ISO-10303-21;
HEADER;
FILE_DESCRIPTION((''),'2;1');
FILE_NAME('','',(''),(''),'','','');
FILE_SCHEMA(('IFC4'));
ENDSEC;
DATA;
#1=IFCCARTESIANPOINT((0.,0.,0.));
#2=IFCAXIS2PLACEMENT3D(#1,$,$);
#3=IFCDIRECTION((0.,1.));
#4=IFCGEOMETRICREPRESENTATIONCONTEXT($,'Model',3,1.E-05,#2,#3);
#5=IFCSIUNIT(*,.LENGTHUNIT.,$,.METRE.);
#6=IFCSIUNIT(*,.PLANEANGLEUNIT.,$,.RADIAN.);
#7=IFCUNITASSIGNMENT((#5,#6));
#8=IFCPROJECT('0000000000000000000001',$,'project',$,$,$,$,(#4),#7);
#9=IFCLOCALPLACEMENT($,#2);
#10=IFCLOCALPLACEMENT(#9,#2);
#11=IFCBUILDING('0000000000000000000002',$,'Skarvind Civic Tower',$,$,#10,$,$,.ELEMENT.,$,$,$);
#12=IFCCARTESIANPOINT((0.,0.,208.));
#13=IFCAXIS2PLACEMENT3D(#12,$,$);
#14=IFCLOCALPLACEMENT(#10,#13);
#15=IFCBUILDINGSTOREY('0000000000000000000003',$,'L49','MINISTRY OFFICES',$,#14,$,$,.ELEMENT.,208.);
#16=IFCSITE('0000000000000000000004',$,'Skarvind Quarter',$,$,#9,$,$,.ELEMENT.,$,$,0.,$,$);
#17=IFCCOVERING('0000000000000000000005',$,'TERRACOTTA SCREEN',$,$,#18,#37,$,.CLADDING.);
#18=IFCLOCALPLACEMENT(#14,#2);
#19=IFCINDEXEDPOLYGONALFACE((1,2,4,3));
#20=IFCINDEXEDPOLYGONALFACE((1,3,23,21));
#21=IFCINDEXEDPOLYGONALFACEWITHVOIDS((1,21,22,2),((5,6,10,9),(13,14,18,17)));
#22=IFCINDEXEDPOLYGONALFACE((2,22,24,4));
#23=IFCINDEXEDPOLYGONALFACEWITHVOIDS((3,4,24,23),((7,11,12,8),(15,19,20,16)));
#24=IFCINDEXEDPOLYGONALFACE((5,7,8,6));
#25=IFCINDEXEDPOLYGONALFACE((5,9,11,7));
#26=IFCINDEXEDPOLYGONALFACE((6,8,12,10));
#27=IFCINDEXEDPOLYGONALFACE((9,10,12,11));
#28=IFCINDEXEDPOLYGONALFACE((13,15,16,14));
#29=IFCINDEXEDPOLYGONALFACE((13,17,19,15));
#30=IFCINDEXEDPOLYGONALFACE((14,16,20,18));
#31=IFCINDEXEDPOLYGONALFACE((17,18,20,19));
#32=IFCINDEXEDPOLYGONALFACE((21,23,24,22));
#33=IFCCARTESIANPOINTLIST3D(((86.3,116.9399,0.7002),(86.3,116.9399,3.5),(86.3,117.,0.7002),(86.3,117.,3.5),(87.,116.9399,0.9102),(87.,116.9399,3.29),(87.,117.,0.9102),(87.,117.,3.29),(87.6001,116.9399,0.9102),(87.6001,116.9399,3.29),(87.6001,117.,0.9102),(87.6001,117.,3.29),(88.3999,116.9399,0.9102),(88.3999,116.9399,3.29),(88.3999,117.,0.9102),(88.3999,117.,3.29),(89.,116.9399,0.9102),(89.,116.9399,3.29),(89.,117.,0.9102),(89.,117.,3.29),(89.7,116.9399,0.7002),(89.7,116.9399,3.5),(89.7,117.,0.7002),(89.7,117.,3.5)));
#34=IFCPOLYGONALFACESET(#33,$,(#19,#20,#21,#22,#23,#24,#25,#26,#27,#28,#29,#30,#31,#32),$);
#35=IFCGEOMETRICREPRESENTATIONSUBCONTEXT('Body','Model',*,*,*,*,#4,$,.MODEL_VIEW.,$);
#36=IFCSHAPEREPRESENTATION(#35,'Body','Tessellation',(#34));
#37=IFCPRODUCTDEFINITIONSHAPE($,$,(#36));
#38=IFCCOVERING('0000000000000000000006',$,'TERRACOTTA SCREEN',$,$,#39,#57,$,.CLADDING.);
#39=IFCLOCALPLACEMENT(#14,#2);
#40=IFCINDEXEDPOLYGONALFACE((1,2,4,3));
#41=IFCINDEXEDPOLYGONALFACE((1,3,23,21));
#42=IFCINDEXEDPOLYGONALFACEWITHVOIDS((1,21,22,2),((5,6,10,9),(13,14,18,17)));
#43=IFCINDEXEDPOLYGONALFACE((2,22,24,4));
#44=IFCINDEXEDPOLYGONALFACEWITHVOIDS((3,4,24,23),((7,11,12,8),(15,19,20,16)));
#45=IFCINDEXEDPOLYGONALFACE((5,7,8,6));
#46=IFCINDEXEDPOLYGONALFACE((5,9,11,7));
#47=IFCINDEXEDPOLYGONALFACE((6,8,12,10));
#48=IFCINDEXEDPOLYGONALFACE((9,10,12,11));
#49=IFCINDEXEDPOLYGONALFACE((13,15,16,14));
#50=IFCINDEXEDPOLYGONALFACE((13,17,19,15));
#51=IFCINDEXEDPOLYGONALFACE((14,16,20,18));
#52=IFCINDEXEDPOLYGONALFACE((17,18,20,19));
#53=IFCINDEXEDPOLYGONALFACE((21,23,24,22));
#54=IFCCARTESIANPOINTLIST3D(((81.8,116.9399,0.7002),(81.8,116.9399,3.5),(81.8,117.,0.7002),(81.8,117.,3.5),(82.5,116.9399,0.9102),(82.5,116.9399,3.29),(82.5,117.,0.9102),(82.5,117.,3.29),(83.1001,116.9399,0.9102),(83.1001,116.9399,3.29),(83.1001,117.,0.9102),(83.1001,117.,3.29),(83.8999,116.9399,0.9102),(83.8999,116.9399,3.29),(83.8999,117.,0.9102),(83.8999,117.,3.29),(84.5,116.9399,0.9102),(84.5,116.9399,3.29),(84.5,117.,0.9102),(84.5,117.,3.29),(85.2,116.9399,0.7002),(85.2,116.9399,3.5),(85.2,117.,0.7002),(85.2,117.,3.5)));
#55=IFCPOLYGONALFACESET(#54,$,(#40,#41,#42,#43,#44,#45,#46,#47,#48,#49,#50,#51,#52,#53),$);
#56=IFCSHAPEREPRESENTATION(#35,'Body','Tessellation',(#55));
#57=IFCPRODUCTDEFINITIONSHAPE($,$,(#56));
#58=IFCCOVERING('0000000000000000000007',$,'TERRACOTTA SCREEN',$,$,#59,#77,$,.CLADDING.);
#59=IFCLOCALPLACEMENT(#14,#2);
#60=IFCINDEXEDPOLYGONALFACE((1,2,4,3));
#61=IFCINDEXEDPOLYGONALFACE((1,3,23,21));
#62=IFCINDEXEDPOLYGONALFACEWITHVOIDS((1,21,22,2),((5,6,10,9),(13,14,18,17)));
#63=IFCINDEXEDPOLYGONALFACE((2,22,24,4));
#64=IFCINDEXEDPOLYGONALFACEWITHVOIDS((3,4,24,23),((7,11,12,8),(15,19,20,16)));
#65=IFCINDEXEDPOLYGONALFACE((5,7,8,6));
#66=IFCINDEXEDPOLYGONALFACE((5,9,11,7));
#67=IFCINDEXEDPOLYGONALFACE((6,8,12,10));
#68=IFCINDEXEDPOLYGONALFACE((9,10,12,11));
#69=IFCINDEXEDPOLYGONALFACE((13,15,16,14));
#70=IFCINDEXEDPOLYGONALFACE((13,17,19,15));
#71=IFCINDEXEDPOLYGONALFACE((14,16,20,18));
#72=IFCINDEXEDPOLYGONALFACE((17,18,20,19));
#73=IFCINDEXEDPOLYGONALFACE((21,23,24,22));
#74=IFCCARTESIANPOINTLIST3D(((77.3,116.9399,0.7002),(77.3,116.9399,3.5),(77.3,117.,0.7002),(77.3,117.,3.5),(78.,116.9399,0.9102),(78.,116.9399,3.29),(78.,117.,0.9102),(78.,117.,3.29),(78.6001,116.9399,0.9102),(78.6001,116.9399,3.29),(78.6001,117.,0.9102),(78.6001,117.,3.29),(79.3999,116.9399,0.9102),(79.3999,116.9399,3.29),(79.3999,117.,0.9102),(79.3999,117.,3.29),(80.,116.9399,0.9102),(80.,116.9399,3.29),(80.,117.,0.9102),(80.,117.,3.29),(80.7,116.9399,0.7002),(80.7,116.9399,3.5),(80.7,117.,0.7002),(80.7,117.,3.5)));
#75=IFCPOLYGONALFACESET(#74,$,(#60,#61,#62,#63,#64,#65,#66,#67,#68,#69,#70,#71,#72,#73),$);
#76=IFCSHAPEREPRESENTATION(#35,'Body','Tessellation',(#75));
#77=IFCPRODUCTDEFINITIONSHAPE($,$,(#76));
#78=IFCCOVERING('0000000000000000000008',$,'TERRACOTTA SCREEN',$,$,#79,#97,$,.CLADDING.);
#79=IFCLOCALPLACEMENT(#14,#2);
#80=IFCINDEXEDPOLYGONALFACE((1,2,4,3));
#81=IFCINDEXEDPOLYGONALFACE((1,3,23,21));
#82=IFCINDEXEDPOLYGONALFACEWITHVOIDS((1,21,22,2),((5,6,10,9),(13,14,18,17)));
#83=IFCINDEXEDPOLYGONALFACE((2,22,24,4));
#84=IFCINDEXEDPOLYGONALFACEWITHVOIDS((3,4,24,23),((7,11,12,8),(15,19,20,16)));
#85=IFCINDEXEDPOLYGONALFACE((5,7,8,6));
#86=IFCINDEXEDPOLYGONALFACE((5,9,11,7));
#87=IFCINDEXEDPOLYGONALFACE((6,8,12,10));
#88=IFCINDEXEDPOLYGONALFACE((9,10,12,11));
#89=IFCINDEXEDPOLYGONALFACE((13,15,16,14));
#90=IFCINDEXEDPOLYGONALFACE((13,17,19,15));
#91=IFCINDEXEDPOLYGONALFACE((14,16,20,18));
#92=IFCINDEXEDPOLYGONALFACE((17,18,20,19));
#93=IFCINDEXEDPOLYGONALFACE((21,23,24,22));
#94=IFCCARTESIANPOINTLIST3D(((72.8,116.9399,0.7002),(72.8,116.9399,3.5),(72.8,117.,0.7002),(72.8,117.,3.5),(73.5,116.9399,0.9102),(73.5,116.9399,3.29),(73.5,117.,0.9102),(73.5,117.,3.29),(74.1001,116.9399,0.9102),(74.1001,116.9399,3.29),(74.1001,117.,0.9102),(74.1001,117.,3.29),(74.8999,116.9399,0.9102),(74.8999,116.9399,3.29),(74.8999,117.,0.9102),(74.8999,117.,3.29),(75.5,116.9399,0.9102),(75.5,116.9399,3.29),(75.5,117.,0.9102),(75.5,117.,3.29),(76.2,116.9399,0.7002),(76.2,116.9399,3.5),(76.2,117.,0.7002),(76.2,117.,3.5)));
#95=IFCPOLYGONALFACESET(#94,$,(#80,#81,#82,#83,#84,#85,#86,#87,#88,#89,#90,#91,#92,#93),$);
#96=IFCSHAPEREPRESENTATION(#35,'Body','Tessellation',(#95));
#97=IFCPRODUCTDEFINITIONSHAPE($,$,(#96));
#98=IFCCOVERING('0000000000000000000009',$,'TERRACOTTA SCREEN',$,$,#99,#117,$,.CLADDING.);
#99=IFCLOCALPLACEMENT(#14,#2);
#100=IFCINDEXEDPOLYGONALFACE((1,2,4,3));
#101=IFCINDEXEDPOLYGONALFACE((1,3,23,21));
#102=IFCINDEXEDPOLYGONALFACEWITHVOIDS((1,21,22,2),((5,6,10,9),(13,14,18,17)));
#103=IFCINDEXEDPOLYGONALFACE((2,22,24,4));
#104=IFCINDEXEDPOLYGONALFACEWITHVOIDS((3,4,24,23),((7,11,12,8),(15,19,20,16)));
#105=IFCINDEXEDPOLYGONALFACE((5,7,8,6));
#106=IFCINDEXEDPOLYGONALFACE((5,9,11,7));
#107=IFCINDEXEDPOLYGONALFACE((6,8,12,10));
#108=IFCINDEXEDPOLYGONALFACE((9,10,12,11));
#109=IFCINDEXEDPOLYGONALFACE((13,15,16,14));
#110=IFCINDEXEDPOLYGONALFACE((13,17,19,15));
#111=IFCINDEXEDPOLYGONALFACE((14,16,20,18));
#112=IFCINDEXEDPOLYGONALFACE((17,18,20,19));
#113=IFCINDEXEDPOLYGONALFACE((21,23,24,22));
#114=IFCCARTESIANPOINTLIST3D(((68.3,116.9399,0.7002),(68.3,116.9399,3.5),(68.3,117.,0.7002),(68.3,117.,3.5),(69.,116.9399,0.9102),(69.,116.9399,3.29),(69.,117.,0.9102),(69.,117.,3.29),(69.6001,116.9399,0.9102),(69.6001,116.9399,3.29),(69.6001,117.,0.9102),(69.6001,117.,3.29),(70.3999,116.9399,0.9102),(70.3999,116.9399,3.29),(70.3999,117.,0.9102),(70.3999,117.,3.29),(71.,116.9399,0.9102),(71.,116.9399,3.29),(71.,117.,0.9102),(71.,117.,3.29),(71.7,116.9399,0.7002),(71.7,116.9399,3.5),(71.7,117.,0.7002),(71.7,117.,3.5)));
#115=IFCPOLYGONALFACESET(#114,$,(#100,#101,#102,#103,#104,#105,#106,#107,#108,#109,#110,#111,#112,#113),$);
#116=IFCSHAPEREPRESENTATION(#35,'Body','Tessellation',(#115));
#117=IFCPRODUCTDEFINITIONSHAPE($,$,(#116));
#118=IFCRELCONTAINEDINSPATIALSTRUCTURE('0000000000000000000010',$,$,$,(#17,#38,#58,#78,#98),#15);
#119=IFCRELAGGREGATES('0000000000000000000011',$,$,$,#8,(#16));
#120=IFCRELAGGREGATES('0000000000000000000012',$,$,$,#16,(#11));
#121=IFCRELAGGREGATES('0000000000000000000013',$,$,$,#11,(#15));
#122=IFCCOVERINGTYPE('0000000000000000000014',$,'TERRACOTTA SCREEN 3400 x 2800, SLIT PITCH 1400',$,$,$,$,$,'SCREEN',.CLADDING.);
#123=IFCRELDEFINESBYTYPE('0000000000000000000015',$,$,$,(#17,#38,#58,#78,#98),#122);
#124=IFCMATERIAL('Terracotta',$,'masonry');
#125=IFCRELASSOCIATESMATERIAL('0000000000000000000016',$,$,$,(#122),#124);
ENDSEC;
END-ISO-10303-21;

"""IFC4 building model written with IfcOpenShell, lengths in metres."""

from ifc_helpers import new_model, si_unit, direction, frame, origin, place, context, subcontext, project, spatial, polyline, outline, extrude, material, material_profile, profile_set, type_object, element, save


model = new_model("IFC4")

# Units and contexts
model_context = context("Model", 3, precision=1e-05, world=origin(), true_north=direction((0.0, 1.0)))
body_context = subcontext(model_context, "Body", "Model", "MODEL_VIEW")
ifc_project = project(units=[si_unit("LENGTHUNIT", "METRE"), si_unit("PLANEANGLEUNIT", "RADIAN")], contexts=[model_context])

# Site, building, storey
site_placement = place(None, origin())
site = spatial("IfcSite", under=ifc_project, at=site_placement, Name="Skarvind Quarter", CompositionType="ELEMENT", RefElevation=0.0)
building_placement = place(site_placement, origin())
building = spatial("IfcBuilding", under=site, at=building_placement, Name="Skarvind Civic Tower", CompositionType="ELEMENT")
storey_placement = place(building_placement, frame((0.0, 0.0, 208.0)))
storey = spatial("IfcBuildingStorey", under=building, at=storey_placement, Name="L49", Description="MINISTRY OFFICES", CompositionType="ELEMENT", Elevation=208.0)

# Coverings
ifc_material_1 = material(Name="Terracotta", Category="masonry")
ifc_material_profile_1 = material_profile(ifc_material_1, outline(polyline([(-1.7, -1.3999), (1.7, -1.3999), (1.7, 1.3999), (-1.7, 1.3999), (-1.7, -1.3999)]), holes=[polyline([(-1.0, -1.1899), (-0.3999, -1.1899), (-0.3999, 1.1899), (-1.0, 1.1899), (-1.0, -1.1899)]), polyline([(0.3999, -1.1899), (1.0, -1.1899), (1.0, 1.1899), (0.3999, 1.1899), (0.3999, -1.1899)])]), Name="TERRACOTTA SCREEN 3400 x 2800, SLIT PITCH 1400")
ifc_profile_set_1 = profile_set([ifc_material_profile_1], Name="Terracotta")
covering_type = type_object("IfcCoveringType", Name="TERRACOTTA SCREEN 3400 x 2800, SLIT PITCH 1400", ElementType="SCREEN", PredefinedType="CLADDING", material=ifc_profile_set_1)
for number, where, z_axis, x_axis, name in (
    (1, (88.0, 117.0, 2.1001), (0.0, -1.0, 0.0), (1.0, 0.0, 0.0), "TERRACOTTA SCREEN"),
    (2, (83.5, 117.0, 2.1001), (0.0, -1.0, 0.0), (1.0, 0.0, 0.0), "TERRACOTTA SCREEN"),
    (3, (79.0, 117.0, 2.1001), (0.0, -1.0, 0.0), (1.0, 0.0, 0.0), "TERRACOTTA SCREEN"),
    (4, (74.5, 117.0, 2.1001), (0.0, -1.0, 0.0), (1.0, 0.0, 0.0), "TERRACOTTA SCREEN"),
    (5, (70.0, 117.0, 2.1001), (0.0, -1.0, 0.0), (1.0, 0.0, 0.0), "TERRACOTTA SCREEN"),
):
    element("IfcCovering", number, at=place(storey_placement, frame(where, z_axis=z_axis, x_axis=x_axis)), inside=storey, type_object=covering_type, Name=name, PredefinedType="CLADDING", context=body_context, shape_type="SweptSolid", body=[
        extrude(outline(polyline([(-1.7, -1.3999), (1.7, -1.3999), (1.7, 1.3999), (-1.7, 1.3999), (-1.7, -1.3999)]), holes=[polyline([(-1.0, -1.1899), (-0.3999, -1.1899), (-0.3999, 1.1899), (-1.0, 1.1899), (-1.0, -1.1899)]), polyline([(0.3999, -1.1899), (1.0, -1.1899), (1.0, 1.1899), (0.3999, 1.1899), (0.3999, -1.1899)])]), origin(), (0.0, 0.0, 1.0), 0.0601),
    ])

save(model, "model.ifc")
